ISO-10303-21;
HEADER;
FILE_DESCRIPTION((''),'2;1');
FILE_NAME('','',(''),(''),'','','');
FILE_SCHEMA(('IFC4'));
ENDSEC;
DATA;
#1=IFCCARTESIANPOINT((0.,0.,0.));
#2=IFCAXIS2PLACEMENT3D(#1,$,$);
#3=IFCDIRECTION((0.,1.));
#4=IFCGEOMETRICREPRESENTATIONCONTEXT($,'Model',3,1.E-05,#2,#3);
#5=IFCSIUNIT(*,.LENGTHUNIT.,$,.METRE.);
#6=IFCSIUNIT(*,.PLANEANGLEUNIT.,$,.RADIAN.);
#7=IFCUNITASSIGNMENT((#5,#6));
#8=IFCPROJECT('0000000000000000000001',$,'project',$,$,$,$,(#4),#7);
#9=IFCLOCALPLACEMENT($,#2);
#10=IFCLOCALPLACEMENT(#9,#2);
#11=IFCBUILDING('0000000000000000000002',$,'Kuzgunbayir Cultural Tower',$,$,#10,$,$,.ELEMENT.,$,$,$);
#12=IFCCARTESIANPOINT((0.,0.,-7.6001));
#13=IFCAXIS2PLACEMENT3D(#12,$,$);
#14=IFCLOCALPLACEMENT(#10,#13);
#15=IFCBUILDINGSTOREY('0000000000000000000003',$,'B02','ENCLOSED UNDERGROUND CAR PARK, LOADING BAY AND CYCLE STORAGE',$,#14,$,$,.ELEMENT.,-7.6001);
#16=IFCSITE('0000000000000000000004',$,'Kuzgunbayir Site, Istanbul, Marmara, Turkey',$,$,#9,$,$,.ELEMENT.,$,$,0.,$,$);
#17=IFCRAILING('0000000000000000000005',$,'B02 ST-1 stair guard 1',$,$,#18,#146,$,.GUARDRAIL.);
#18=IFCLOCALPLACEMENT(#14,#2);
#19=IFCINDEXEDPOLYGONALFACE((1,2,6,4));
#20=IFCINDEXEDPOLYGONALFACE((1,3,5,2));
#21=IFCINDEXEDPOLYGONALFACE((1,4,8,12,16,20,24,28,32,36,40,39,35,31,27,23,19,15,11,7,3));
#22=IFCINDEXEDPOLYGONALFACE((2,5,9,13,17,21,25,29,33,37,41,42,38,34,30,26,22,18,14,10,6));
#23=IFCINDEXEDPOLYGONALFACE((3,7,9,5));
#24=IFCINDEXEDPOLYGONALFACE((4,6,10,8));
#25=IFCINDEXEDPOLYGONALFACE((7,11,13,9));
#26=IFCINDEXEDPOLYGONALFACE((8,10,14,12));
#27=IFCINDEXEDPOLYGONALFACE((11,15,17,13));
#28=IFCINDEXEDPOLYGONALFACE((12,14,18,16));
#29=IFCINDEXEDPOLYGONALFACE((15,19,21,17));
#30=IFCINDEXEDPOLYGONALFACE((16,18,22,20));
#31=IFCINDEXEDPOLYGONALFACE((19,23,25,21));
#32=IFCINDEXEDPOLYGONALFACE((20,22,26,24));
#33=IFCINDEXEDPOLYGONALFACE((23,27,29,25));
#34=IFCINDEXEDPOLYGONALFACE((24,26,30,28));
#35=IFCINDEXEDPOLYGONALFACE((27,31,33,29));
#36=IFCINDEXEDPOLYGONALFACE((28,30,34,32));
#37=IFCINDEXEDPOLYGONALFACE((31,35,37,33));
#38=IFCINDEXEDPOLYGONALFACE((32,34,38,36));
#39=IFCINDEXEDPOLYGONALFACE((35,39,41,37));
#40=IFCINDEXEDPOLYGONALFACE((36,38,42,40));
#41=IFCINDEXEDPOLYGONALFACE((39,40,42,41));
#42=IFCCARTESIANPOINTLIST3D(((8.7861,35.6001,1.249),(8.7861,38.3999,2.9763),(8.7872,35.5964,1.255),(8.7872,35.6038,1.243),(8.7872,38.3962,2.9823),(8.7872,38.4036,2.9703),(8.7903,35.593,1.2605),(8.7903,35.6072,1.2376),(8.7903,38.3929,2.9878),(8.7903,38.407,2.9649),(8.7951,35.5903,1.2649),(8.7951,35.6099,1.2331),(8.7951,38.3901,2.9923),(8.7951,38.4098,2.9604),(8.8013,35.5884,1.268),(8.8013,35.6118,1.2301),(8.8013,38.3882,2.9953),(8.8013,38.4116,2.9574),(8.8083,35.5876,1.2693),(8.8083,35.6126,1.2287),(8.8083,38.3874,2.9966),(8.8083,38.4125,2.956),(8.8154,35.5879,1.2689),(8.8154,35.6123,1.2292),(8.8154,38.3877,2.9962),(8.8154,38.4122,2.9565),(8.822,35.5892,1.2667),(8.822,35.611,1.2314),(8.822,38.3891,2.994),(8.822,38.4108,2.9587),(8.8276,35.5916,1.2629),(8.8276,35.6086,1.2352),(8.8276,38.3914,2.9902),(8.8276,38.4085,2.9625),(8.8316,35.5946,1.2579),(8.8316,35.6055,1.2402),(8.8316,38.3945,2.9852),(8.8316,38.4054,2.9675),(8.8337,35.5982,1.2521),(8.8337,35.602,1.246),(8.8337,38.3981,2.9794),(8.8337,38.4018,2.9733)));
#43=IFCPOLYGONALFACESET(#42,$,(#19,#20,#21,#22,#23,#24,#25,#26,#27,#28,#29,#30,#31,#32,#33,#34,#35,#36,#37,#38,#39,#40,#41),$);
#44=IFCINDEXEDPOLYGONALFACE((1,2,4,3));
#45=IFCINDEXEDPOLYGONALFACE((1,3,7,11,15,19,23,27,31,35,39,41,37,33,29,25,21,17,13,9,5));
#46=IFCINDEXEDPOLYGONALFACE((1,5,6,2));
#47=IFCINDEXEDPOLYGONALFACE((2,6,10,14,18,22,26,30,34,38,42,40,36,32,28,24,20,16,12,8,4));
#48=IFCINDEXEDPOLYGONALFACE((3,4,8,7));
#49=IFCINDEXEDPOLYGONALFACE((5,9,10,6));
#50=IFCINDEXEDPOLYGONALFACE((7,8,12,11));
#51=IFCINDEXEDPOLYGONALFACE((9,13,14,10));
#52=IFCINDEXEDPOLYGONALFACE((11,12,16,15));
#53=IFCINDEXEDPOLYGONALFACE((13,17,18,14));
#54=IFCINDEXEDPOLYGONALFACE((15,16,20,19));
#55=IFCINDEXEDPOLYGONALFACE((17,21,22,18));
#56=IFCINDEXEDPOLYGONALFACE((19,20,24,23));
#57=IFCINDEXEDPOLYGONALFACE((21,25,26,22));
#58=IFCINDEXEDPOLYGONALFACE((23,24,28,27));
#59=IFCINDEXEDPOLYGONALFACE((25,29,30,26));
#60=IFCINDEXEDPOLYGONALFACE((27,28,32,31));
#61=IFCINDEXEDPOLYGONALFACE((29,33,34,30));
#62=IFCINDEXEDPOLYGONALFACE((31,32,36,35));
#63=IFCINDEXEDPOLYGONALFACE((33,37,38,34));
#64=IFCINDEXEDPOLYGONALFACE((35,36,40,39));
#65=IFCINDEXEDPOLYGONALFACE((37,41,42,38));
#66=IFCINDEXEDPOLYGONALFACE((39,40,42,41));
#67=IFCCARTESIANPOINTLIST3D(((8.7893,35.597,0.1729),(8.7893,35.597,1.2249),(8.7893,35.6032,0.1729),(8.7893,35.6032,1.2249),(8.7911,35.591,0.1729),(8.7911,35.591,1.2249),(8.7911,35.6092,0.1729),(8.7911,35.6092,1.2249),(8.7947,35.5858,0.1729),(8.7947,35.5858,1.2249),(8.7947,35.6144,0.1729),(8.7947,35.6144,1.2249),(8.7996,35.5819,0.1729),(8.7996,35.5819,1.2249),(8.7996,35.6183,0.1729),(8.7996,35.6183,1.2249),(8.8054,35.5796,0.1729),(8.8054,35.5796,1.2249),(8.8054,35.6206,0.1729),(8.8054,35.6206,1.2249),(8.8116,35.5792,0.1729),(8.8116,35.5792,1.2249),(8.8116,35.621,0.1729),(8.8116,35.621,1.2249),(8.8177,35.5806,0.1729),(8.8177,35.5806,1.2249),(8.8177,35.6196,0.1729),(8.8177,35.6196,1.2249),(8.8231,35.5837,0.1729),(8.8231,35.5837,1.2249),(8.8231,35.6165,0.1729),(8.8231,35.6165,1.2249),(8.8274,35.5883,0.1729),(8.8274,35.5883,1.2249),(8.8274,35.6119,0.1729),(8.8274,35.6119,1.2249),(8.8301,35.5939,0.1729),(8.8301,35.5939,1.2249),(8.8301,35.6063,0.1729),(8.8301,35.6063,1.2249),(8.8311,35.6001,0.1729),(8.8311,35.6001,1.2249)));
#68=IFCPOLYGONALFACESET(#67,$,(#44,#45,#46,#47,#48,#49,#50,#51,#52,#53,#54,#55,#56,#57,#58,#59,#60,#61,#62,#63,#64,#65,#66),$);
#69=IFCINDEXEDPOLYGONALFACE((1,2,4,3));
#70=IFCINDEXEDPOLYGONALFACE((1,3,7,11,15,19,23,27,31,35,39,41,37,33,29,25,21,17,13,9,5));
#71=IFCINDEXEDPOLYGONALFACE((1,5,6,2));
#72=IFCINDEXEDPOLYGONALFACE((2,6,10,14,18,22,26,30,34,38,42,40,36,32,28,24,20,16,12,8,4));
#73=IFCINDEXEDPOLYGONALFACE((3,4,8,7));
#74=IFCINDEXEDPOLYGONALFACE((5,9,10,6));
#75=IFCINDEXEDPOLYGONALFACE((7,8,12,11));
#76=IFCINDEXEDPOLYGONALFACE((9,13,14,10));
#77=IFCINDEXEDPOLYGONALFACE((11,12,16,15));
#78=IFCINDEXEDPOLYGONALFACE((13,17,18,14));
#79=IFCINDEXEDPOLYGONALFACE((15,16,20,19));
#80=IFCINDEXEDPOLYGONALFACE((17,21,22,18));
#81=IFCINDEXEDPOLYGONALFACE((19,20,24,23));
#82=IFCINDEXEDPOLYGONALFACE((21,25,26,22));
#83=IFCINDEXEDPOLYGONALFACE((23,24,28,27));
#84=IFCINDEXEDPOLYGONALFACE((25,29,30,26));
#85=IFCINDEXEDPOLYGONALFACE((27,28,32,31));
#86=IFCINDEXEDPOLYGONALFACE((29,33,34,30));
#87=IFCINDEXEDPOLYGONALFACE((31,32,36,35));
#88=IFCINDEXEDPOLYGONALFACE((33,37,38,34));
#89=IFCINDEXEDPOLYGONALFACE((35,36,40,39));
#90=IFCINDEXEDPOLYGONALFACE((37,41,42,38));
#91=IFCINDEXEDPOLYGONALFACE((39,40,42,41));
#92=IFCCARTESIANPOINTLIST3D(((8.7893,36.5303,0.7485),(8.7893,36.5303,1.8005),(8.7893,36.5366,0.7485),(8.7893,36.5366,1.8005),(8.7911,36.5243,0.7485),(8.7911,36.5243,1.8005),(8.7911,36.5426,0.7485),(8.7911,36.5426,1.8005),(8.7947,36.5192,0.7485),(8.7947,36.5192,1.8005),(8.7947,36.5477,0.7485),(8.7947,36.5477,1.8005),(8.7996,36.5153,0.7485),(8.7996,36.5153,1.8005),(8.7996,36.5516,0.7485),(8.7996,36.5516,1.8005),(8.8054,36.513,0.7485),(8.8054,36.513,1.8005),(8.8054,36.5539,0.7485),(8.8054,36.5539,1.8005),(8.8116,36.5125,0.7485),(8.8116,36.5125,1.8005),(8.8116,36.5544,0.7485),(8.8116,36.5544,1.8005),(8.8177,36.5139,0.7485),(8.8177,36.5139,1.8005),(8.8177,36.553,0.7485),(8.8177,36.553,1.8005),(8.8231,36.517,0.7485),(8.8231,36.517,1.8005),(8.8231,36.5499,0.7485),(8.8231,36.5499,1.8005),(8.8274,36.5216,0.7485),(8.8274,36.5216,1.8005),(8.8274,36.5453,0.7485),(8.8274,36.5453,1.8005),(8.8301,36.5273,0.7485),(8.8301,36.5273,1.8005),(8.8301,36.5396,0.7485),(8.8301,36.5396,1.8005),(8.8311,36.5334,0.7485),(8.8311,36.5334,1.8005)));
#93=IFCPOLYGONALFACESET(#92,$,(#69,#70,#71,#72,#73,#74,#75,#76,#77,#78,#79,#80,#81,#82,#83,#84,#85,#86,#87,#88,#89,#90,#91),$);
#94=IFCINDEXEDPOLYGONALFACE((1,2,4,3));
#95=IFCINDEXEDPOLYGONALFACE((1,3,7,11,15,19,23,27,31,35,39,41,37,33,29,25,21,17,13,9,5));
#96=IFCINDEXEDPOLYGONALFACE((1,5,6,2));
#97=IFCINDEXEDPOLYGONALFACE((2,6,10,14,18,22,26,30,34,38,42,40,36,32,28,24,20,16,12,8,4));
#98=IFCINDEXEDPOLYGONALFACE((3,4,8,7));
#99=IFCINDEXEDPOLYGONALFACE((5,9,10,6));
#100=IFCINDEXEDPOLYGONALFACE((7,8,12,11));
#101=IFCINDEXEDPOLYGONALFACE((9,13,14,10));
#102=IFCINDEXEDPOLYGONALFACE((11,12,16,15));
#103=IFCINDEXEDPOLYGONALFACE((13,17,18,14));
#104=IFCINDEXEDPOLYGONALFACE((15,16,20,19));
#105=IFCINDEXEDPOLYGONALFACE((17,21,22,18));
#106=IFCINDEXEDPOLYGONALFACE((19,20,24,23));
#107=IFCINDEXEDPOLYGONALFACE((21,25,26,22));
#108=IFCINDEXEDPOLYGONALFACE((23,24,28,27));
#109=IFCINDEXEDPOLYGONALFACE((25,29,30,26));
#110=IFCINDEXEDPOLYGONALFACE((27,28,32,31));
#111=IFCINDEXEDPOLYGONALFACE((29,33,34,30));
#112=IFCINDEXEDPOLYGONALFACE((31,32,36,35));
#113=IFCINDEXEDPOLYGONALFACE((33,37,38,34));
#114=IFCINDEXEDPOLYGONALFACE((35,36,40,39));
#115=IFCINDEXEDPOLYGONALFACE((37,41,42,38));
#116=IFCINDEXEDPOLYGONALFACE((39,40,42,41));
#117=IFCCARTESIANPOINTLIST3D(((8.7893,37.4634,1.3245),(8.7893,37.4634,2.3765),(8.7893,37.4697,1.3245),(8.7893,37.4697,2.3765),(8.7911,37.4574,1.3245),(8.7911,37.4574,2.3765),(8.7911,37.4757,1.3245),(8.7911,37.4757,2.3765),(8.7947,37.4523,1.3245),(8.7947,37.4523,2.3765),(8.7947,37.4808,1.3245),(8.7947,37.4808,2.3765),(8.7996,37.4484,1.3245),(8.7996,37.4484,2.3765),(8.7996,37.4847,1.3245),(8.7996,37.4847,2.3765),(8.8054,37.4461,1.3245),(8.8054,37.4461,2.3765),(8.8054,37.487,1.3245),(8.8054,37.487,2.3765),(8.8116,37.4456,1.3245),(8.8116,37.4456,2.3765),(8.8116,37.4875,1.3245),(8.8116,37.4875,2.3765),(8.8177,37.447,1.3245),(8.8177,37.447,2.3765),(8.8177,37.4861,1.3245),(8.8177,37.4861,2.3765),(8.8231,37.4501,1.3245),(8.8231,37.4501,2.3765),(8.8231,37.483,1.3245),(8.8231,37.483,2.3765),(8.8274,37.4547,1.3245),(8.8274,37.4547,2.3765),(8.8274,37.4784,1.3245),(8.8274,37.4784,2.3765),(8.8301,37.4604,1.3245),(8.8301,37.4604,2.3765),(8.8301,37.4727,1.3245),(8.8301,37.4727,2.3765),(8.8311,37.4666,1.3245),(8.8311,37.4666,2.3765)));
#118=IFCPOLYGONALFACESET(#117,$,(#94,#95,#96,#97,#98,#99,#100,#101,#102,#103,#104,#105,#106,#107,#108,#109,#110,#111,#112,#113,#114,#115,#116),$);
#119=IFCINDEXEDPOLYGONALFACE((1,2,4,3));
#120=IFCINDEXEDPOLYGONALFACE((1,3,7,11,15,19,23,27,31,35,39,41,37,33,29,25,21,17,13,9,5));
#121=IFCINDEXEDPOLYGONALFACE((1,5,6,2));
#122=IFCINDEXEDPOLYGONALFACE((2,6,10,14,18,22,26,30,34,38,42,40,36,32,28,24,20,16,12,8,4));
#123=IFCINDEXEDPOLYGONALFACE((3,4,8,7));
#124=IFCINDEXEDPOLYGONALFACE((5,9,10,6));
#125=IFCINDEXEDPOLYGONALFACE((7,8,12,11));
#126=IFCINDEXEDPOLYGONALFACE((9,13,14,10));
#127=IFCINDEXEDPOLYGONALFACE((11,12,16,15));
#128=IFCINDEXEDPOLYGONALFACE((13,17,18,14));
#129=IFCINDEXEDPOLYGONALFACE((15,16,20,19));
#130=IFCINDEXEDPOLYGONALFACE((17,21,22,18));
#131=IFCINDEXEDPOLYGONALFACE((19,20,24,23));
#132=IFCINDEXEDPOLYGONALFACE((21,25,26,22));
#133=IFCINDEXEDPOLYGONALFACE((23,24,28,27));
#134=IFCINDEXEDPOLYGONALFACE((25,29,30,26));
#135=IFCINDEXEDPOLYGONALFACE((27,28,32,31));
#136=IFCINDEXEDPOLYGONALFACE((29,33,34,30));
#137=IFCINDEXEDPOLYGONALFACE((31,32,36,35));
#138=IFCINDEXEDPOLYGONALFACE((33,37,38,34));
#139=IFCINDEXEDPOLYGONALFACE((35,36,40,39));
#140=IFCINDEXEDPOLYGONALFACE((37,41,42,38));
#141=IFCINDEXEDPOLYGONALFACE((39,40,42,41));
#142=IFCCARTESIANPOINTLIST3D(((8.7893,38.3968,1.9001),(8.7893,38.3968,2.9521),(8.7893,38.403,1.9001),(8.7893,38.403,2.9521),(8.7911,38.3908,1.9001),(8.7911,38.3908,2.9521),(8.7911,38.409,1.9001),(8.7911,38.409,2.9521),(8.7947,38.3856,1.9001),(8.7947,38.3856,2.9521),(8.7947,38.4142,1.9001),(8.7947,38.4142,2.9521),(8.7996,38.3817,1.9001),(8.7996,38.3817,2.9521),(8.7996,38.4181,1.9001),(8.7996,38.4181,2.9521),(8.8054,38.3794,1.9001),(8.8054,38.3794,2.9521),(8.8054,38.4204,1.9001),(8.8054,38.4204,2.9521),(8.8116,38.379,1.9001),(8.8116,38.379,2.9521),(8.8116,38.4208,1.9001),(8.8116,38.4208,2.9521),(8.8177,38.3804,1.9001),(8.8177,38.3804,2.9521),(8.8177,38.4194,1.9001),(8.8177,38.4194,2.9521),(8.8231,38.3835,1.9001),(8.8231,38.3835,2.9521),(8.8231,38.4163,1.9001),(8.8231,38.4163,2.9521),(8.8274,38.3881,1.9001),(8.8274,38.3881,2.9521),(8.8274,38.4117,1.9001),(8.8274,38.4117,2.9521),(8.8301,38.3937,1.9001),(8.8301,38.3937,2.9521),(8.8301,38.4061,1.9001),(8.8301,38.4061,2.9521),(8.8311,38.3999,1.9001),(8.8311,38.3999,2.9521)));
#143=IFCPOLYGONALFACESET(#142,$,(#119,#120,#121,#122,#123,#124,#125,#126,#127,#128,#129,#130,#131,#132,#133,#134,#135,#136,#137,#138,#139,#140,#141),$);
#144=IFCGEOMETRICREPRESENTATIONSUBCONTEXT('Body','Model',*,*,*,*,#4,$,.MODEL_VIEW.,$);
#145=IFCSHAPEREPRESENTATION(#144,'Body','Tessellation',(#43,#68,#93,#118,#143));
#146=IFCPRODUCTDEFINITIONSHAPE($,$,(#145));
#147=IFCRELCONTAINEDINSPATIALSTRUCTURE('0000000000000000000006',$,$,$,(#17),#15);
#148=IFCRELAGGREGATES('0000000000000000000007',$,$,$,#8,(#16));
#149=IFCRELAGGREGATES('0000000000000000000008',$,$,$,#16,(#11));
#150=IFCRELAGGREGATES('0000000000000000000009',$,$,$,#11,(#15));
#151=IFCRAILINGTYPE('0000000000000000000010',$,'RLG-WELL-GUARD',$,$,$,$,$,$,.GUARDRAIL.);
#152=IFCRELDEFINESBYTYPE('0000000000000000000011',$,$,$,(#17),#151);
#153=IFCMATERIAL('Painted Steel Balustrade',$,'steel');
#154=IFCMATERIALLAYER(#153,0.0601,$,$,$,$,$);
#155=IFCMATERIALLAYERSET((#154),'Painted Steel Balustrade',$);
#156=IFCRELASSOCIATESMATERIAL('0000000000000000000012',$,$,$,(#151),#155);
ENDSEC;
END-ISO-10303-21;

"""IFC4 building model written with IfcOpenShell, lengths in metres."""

from ifc_helpers import new_model, si_unit, direction, frame, origin, origin_2d, place, context, subcontext, project, spatial, circle, extrude, material, layer, layer_set, type_object, element, save


model = new_model("IFC4")

# Units and contexts
model_context = context("Model", 3, precision=1e-05, world=origin(), true_north=direction((0.0, 1.0)))
body_context = subcontext(model_context, "Body", "Model", "MODEL_VIEW")
ifc_project = project(units=[si_unit("LENGTHUNIT", "METRE"), si_unit("PLANEANGLEUNIT", "RADIAN")], contexts=[model_context])

# Site, building, storey
site_placement = place(None, origin())
site = spatial("IfcSite", under=ifc_project, at=site_placement, Name="Kuzgunbayir Site, Istanbul, Marmara, Turkey", CompositionType="ELEMENT", RefElevation=0.0)
building_placement = place(site_placement, origin())
building = spatial("IfcBuilding", under=site, at=building_placement, Name="Kuzgunbayir Cultural Tower", CompositionType="ELEMENT")
storey_placement = place(building_placement, frame((0.0, 0.0, -7.6001)))
storey = spatial("IfcBuildingStorey", under=building, at=storey_placement, Name="B02", Description="ENCLOSED UNDERGROUND CAR PARK, LOADING BAY AND CYCLE STORAGE", CompositionType="ELEMENT", Elevation=-7.6001)

# Railing
ifc_material_1 = material(Name="Painted Steel Balustrade", Category="steel")
ifc_layer_1 = layer(ifc_material_1, 0.0601)
ifc_layer_set_1 = layer_set([ifc_layer_1], Name="Painted Steel Balustrade")
railing_type_1 = type_object("IfcRailingType", Name="RLG-WELL-GUARD", PredefinedType="GUARDRAIL", material=ifc_layer_set_1)
railing_1_placement = place(storey_placement, frame((8.8101, 35.6001, 0.1729)))
element("IfcRailing", 1, at=railing_1_placement, inside=storey, type_object=railing_type_1, Name="B02 ST-1 stair guard 1", PredefinedType="GUARDRAIL", context=body_context, shape_type="SweptSolid", body=[
    extrude(circle(Radius=0.0239, at=origin_2d()), frame((0.0, 0.0, 1.0762), z_axis=(0.0, 0.851069, 0.525054), x_axis=(-1.0, 0.0, 0.0)), (0.0, 0.0, 1.0), 3.2898),
    extrude(circle(Radius=0.021, at=origin_2d()), origin(), (0.0, 0.0, 1.0), 1.052),
    extrude(circle(Radius=0.021, at=origin_2d()), frame((0.0, 0.9333, 0.5757)), (0.0, 0.0, 1.0), 1.052),
    extrude(circle(Radius=0.021, at=origin_2d()), frame((0.0, 1.8665, 1.1516)), (0.0, 0.0, 1.0), 1.052),
    extrude(circle(Radius=0.021, at=origin_2d()), frame((0.0, 2.7998, 1.7273)), (0.0, 0.0, 1.0), 1.052),
])

save(model, "model.ifc")
